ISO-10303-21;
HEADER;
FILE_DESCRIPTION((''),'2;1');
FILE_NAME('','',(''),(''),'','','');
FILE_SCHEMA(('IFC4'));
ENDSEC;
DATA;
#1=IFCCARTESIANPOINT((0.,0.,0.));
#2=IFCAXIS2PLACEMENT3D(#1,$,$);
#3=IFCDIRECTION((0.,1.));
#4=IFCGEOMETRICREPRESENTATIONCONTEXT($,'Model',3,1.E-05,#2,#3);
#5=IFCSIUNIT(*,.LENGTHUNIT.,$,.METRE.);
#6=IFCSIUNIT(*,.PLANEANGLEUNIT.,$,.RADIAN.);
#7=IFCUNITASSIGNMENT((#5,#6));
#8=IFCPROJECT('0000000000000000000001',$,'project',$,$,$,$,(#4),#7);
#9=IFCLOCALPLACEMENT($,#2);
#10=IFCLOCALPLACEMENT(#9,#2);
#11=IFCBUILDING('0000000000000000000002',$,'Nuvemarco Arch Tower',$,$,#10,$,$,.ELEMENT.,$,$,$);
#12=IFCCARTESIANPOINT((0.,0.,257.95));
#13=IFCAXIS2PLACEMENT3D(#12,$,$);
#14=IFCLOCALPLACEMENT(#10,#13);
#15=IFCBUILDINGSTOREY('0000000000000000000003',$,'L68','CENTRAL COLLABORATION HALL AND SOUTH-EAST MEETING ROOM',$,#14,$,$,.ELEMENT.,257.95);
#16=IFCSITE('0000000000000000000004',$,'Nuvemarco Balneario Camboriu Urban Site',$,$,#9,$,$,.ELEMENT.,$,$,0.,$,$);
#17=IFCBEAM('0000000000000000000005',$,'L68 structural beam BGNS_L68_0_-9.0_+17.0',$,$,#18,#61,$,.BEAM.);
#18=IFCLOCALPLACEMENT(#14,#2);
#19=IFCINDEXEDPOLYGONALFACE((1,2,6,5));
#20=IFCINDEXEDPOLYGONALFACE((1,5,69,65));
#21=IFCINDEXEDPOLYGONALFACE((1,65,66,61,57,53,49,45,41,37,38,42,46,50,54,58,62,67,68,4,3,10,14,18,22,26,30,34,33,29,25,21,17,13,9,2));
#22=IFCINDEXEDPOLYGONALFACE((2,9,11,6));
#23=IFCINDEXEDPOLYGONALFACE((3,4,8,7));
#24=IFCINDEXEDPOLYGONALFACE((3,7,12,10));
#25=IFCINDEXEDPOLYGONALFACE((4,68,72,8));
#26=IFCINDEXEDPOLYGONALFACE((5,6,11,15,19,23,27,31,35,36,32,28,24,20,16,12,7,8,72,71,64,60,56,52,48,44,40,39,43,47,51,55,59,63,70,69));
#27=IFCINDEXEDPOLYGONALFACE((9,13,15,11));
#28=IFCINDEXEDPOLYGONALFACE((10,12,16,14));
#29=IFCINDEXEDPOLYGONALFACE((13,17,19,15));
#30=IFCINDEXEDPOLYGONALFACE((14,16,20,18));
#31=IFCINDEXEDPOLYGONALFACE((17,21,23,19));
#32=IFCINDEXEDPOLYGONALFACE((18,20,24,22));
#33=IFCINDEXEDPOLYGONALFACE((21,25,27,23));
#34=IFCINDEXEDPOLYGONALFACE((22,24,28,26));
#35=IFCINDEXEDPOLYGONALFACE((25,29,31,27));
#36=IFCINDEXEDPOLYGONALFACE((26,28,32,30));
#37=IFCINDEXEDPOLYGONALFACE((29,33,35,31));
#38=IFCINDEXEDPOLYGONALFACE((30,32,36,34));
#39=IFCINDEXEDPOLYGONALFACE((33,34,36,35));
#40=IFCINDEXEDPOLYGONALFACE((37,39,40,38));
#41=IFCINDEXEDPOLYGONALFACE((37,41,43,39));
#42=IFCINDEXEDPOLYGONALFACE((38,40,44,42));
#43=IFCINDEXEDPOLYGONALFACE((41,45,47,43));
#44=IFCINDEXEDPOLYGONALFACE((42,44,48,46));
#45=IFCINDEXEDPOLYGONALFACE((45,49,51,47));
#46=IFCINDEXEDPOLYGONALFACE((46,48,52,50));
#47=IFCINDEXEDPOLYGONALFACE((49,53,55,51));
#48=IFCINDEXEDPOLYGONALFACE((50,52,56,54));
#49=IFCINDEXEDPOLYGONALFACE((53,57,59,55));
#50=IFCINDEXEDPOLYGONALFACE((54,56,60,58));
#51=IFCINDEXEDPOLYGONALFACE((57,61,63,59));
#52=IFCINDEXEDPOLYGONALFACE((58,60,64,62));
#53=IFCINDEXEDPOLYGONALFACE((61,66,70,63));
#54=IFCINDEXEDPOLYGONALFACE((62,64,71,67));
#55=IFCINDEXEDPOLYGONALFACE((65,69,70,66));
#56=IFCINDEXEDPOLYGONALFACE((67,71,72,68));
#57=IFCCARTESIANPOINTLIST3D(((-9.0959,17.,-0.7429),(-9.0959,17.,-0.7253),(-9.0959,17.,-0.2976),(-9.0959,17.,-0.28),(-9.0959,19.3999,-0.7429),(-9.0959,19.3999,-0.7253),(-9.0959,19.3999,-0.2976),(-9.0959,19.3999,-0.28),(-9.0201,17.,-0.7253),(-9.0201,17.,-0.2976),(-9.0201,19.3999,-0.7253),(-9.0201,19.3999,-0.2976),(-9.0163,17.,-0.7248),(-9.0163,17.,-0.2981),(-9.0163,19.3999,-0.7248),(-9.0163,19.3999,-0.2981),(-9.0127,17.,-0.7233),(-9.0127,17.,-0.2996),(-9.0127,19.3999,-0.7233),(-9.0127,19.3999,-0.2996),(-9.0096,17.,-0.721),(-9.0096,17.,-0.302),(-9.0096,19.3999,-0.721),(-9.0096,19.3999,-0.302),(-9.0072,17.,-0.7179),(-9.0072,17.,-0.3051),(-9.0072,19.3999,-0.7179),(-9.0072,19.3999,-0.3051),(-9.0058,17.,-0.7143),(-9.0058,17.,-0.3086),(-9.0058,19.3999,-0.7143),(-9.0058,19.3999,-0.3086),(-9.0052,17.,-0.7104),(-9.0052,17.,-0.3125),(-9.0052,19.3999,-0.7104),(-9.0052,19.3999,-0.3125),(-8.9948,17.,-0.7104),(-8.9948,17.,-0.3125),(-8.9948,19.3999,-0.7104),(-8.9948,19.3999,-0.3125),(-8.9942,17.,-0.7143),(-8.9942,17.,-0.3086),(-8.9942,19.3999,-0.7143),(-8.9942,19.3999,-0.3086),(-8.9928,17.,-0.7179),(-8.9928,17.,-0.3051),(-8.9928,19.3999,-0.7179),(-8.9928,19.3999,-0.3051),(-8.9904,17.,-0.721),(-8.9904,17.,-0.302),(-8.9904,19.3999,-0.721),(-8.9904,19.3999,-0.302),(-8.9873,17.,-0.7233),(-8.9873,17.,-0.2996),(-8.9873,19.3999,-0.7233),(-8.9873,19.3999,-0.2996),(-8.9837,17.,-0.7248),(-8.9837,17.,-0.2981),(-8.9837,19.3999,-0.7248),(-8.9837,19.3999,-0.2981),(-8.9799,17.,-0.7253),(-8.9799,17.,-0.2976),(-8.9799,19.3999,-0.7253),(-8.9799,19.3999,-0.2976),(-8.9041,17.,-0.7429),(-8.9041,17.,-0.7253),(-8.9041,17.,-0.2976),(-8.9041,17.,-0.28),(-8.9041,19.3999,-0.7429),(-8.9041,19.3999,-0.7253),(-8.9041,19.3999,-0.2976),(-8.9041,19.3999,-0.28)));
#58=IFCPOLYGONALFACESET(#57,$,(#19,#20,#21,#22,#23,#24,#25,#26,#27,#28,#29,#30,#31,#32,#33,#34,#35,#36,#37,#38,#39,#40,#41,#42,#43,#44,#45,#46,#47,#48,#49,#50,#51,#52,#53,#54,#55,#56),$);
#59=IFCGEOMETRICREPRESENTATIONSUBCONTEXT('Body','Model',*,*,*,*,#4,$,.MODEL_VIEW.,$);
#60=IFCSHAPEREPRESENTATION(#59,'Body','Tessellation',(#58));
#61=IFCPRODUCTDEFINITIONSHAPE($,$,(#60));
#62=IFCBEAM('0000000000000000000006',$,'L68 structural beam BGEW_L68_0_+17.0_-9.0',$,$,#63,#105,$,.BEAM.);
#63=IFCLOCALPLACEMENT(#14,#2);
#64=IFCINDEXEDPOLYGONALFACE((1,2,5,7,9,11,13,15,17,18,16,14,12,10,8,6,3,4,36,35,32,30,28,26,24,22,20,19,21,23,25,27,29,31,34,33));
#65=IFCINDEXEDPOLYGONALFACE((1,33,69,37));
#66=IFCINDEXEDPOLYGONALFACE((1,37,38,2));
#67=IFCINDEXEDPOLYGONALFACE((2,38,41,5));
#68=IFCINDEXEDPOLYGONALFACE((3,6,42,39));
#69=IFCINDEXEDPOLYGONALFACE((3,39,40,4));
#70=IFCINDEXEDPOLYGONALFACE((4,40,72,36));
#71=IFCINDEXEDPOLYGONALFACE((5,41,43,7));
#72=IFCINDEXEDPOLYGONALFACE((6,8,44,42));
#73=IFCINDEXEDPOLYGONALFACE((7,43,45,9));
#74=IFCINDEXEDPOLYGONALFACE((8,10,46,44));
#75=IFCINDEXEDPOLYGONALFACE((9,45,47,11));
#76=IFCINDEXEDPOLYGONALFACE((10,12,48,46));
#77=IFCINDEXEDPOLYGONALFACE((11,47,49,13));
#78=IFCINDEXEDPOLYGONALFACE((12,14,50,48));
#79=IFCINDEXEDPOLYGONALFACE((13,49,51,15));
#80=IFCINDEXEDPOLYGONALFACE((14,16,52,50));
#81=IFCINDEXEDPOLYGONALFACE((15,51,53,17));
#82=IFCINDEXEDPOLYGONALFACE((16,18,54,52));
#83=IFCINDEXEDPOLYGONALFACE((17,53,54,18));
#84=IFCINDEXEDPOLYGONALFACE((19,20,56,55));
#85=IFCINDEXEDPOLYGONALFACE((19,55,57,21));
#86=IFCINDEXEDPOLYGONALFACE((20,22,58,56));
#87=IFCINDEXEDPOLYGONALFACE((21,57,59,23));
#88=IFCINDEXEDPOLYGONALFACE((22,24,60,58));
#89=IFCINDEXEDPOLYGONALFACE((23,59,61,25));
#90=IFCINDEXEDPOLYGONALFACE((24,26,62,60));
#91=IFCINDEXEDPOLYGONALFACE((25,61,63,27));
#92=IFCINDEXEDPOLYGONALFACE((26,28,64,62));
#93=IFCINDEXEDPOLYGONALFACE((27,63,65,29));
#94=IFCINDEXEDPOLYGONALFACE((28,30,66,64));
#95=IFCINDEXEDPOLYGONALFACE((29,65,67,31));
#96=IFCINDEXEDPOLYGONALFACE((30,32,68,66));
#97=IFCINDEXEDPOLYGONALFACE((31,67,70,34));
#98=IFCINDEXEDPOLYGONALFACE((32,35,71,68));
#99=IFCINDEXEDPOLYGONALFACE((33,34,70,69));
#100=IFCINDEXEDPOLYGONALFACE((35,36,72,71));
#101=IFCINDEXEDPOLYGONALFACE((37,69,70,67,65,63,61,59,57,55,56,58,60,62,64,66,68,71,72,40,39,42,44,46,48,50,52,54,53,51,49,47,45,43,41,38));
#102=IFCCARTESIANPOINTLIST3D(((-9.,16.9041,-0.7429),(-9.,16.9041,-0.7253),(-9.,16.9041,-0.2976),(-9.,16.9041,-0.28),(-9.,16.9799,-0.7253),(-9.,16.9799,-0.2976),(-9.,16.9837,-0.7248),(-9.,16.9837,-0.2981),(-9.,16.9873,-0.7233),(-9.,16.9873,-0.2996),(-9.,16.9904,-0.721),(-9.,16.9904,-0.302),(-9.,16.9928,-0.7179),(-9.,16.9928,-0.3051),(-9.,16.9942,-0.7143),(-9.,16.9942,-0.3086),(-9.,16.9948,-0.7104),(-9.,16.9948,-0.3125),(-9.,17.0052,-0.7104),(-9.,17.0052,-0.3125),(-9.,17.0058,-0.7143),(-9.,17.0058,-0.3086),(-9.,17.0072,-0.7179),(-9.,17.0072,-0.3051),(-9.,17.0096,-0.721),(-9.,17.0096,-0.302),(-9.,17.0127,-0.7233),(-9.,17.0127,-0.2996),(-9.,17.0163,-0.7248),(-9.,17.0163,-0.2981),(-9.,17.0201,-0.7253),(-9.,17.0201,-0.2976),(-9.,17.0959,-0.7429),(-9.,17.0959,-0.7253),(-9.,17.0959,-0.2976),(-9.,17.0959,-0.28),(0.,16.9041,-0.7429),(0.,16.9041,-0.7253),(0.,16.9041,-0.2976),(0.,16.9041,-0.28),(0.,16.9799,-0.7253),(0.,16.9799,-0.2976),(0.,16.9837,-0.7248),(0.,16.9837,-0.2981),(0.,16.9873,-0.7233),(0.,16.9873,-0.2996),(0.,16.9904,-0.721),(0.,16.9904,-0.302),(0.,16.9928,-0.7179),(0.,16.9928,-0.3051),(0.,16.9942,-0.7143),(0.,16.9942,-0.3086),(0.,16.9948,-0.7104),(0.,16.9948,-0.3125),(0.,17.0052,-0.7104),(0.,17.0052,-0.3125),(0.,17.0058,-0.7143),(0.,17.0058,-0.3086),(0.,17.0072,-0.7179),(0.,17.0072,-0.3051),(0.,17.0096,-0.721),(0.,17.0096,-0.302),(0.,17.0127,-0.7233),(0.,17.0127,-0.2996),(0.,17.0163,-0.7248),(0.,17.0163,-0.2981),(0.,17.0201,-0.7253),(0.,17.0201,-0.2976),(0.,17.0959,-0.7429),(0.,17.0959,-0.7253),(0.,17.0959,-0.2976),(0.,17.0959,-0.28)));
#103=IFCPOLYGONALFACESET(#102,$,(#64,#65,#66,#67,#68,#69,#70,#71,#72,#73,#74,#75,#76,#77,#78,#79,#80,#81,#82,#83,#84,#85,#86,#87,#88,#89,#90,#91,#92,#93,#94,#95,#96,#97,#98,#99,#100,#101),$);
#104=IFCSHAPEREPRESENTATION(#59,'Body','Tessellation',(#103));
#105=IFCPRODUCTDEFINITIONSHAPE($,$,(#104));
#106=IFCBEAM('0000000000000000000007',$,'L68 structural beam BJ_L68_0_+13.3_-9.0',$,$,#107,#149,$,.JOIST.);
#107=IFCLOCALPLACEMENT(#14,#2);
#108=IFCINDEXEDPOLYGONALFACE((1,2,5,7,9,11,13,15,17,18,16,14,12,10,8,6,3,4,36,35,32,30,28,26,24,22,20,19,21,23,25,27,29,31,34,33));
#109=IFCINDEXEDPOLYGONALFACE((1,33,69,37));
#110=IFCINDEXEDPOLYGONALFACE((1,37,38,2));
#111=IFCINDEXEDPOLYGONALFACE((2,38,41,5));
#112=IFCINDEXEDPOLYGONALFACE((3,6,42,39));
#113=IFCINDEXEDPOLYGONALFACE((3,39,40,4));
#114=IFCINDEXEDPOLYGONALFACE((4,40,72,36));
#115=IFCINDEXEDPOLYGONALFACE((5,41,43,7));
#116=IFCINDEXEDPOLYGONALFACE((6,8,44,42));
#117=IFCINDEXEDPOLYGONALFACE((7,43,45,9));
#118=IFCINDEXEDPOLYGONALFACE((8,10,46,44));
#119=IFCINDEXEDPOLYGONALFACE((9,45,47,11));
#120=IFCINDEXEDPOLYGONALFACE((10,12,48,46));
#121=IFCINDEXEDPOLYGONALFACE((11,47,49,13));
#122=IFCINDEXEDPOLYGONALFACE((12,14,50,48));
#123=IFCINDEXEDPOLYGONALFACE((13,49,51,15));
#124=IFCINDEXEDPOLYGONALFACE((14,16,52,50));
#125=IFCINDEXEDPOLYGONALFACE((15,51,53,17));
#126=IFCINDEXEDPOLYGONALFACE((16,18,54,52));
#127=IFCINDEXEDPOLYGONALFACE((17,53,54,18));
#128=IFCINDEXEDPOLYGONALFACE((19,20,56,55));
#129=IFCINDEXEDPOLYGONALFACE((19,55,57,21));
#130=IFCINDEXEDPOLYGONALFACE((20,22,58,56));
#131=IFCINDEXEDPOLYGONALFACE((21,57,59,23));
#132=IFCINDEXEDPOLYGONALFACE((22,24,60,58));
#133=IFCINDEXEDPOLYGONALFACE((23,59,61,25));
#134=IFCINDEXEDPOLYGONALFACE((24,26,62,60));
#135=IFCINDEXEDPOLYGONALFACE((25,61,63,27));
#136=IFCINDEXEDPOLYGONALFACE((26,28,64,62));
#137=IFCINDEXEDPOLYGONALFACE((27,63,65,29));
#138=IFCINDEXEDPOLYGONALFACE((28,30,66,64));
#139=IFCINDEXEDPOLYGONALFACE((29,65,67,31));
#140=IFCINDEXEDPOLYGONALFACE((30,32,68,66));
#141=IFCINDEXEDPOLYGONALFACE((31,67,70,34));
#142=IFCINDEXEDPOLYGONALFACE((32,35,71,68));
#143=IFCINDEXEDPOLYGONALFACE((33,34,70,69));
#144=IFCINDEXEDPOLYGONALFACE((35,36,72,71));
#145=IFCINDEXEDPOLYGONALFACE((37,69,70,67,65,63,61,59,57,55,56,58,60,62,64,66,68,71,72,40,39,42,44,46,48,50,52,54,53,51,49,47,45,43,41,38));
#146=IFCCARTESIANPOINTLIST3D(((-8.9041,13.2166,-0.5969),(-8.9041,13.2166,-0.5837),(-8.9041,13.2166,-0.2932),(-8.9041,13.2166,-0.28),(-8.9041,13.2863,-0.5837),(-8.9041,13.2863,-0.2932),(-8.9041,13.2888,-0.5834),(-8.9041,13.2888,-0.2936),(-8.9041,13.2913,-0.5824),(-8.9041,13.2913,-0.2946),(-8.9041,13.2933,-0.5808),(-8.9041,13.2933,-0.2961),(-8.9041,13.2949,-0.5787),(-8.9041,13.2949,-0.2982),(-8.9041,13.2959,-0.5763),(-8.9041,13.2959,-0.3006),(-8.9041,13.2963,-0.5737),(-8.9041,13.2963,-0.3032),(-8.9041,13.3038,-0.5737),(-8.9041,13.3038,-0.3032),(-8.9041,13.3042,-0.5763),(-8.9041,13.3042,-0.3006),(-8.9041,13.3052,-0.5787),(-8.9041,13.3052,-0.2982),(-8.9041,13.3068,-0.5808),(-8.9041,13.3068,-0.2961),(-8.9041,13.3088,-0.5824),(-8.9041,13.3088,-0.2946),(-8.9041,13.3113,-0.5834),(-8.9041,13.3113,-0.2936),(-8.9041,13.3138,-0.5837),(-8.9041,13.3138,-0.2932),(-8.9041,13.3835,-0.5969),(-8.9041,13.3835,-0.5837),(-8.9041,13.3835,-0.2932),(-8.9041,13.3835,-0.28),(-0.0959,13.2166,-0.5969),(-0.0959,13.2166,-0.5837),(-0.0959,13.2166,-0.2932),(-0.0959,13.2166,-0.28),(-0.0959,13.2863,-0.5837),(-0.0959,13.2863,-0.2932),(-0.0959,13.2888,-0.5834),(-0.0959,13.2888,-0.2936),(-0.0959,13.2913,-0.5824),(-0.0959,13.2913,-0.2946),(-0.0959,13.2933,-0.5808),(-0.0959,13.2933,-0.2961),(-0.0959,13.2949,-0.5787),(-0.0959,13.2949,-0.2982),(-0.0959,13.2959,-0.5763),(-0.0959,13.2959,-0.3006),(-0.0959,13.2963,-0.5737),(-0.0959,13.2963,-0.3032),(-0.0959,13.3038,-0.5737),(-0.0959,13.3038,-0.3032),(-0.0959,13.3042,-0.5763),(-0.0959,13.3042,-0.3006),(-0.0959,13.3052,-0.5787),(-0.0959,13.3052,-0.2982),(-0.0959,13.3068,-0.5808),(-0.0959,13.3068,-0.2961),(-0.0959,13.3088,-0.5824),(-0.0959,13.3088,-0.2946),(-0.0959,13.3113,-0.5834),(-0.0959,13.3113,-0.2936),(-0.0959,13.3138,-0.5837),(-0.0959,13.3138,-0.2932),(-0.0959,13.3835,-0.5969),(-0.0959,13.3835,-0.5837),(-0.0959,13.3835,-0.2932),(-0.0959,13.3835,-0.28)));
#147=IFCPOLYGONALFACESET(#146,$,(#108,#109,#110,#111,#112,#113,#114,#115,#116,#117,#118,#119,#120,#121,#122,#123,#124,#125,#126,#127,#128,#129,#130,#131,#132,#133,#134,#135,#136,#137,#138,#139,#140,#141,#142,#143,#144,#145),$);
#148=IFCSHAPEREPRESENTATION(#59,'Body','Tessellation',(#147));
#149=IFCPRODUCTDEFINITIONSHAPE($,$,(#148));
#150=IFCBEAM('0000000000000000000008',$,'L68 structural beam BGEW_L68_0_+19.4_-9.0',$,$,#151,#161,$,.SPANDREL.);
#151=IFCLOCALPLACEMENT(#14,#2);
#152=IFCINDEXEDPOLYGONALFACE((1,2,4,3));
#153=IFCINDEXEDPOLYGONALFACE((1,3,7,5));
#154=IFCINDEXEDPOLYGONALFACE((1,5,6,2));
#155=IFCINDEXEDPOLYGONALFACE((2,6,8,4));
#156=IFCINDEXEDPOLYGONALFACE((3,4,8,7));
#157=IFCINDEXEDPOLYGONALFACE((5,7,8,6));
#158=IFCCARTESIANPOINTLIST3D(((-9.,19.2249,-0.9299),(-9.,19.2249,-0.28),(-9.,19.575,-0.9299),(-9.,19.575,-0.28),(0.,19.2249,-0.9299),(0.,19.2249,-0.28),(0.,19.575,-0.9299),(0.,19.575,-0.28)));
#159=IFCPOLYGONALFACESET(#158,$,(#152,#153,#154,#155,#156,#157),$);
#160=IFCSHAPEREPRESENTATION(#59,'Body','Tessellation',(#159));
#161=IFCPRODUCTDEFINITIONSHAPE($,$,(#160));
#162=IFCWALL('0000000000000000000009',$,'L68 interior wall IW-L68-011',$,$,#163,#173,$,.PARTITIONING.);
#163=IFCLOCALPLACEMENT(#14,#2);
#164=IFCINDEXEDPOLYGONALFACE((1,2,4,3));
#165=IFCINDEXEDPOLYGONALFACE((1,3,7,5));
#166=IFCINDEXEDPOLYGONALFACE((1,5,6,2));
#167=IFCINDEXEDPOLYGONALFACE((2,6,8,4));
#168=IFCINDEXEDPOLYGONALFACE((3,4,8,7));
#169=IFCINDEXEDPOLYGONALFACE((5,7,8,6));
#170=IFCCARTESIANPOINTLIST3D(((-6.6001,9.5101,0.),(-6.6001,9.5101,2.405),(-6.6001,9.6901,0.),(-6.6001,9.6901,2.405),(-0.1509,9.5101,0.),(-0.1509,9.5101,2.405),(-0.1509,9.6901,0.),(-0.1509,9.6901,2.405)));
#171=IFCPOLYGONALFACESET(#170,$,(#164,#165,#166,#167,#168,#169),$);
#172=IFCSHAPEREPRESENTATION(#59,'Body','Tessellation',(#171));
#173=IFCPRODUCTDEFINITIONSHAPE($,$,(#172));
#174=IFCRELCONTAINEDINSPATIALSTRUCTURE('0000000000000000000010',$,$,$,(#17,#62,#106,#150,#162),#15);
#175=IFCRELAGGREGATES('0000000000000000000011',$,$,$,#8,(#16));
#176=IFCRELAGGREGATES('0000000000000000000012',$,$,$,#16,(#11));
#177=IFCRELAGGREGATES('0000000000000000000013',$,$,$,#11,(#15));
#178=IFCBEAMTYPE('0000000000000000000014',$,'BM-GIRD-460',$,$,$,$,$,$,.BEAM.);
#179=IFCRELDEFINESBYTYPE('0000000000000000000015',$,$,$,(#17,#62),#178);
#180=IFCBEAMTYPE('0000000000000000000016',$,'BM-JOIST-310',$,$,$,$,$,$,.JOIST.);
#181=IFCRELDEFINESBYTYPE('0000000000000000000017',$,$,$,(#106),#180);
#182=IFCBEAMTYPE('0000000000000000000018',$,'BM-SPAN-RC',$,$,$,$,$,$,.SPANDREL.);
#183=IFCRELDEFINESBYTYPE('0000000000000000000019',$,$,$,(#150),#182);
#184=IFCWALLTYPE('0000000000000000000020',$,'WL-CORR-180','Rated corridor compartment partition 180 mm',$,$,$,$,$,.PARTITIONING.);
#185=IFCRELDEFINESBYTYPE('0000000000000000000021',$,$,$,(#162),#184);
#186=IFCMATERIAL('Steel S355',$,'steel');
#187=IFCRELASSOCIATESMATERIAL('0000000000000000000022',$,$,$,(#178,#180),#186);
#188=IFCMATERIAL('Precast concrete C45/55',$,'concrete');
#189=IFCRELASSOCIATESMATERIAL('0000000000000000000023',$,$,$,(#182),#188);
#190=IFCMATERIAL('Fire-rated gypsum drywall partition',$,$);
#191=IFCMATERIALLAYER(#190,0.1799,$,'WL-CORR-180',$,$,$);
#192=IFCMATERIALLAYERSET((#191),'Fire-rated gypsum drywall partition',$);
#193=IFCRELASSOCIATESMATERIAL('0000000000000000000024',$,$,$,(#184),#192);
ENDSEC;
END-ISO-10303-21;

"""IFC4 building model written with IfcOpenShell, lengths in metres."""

from ifc_helpers import new_model, si_unit, direction, frame, frame_2d, origin, origin_2d, place, context, subcontext, project, spatial, rectangle, i_section, extrude, material, layer, layer_set, material_profile, profile_set, type_object, element, save


model = new_model("IFC4")

# Units and contexts
model_context = context("Model", 3, precision=1e-05, world=origin(), true_north=direction((0.0, 1.0)))
body_context = subcontext(model_context, "Body", "Model", "MODEL_VIEW")
ifc_project = project(units=[si_unit("LENGTHUNIT", "METRE"), si_unit("PLANEANGLEUNIT", "RADIAN")], contexts=[model_context])

# Site, building, storey
site_placement = place(None, origin())
site = spatial("IfcSite", under=ifc_project, at=site_placement, Name="Nuvemarco Balneario Camboriu Urban Site", CompositionType="ELEMENT", RefElevation=0.0)
building_placement = place(site_placement, origin())
building = spatial("IfcBuilding", under=site, at=building_placement, Name="Nuvemarco Arch Tower", CompositionType="ELEMENT")
storey_placement = place(building_placement, frame((0.0, 0.0, 257.95)))
storey = spatial("IfcBuildingStorey", under=building, at=storey_placement, Name="L68", Description="CENTRAL COLLABORATION HALL AND SOUTH-EAST MEETING ROOM", CompositionType="ELEMENT", Elevation=257.95)

# Shared definitions
ifc_material_1 = material(Name="Steel S355", Category="steel")

# Beams
ifc_material_profile_1 = material_profile(ifc_material_1, i_section(OverallWidth=0.1919, OverallDepth=0.4629, WebThickness=0.0105, FlangeThickness=0.0176, FilletRadius=0.0149, at=origin_2d()), Name="W460x89")
ifc_profile_set_1 = profile_set([ifc_material_profile_1], Name="Steel S355")
beam_type_1 = type_object("IfcBeamType", Name="BM-GIRD-460", PredefinedType="BEAM", material=ifc_profile_set_1)
beam_1_placement = place(storey_placement, frame((-9.0, 17.0, -0.5115), z_axis=(0.0, 1.0, 0.0), x_axis=(-1.0, 0.0, 0.0)))
element("IfcBeam", 1, at=beam_1_placement, inside=storey, type_object=beam_type_1, Name="L68 structural beam BGNS_L68_0_-9.0_+17.0", PredefinedType="BEAM", context=body_context, shape_type="SweptSolid", body=[
    extrude(i_section(OverallWidth=0.1919, OverallDepth=0.4629, WebThickness=0.0105, FlangeThickness=0.0176, FilletRadius=0.0149, at=origin_2d()), origin(), (0.0, 0.0, 1.0), 2.3999),
])
beam_2_placement = place(storey_placement, frame((-9.0, 17.0, -0.5115), z_axis=(1.0, 0.0, 0.0), x_axis=(0.0, 1.0, 0.0)))
element("IfcBeam", 2, at=beam_2_placement, inside=storey, type_object=beam_type_1, Name="L68 structural beam BGEW_L68_0_+17.0_-9.0", PredefinedType="BEAM", context=body_context, shape_type="SweptSolid", body=[
    extrude(i_section(OverallWidth=0.1919, OverallDepth=0.4629, WebThickness=0.0105, FlangeThickness=0.0176, FilletRadius=0.0149, at=origin_2d()), origin(), (0.0, 0.0, 1.0), 9.0),
])
ifc_material_profile_2 = material_profile(ifc_material_1, i_section(OverallWidth=0.167, OverallDepth=0.3169, WebThickness=0.0076, FlangeThickness=0.0132, FilletRadius=0.01, at=origin_2d()), Name="W310x52")
ifc_profile_set_2 = profile_set([ifc_material_profile_2], Name="Steel S355")
beam_type_2 = type_object("IfcBeamType", Name="BM-JOIST-310", PredefinedType="JOIST", material=ifc_profile_set_2)
beam_3_placement = place(storey_placement, frame((-8.9041, 13.3, -0.4385), z_axis=(1.0, 0.0, 0.0), x_axis=(0.0, 1.0, 0.0)))
element("IfcBeam", 3, at=beam_3_placement, inside=storey, type_object=beam_type_2, Name="L68 structural beam BJ_L68_0_+13.3_-9.0", PredefinedType="JOIST", context=body_context, shape_type="SweptSolid", body=[
    extrude(i_section(OverallWidth=0.167, OverallDepth=0.3169, WebThickness=0.0076, FlangeThickness=0.0132, FilletRadius=0.01, at=origin_2d()), origin(), (0.0, 0.0, 1.0), 8.8081),
])
ifc_material_2 = material(Name="Precast concrete C45/55", Category="concrete")
ifc_material_profile_3 = material_profile(ifc_material_2, rectangle(XDim=0.3501, YDim=0.6499, at=origin_2d()), Name="PC-SP-350x650")
ifc_profile_set_3 = profile_set([ifc_material_profile_3], Name="Precast concrete C45/55")
beam_type_3 = type_object("IfcBeamType", Name="BM-SPAN-RC", PredefinedType="SPANDREL", material=ifc_profile_set_3)
beam_4_placement = place(storey_placement, frame((-9.0, 19.3999, -0.605), z_axis=(1.0, 0.0, 0.0), x_axis=(0.0, 1.0, 0.0)))
element("IfcBeam", 4, at=beam_4_placement, inside=storey, type_object=beam_type_3, Name="L68 structural beam BGEW_L68_0_+19.4_-9.0", PredefinedType="SPANDREL", context=body_context, shape_type="SweptSolid", body=[
    extrude(rectangle(XDim=0.3501, YDim=0.6499, at=origin_2d()), origin(), (0.0, 0.0, 1.0), 9.0),
])

# Wall
ifc_material_3 = material(Name="Fire-rated gypsum drywall partition")
ifc_layer_1 = layer(ifc_material_3, 0.1799, Name="WL-CORR-180")
ifc_layer_set_1 = layer_set([ifc_layer_1], Name="Fire-rated gypsum drywall partition")
wall_type_1 = type_object("IfcWallType", Name="WL-CORR-180", Description="Rated corridor compartment partition 180 mm", PredefinedType="PARTITIONING", material=ifc_layer_set_1)
wall_1_placement = place(storey_placement, frame((-6.6001, 9.6001, 0.0), z_axis=(0.0, 0.0, 1.0), x_axis=(1.0, 0.0, 0.0)))
element("IfcWall", 5, at=wall_1_placement, inside=storey, type_object=wall_type_1, Name="L68 interior wall IW-L68-011", PredefinedType="PARTITIONING", context=body_context, shape_type="SweptSolid", body=[
    extrude(rectangle(XDim=6.4492, YDim=0.1799, at=frame_2d((3.2246, 0.0))), origin(), (0.0, 0.0, 1.0), 2.405),
])

save(model, "model.ifc")
